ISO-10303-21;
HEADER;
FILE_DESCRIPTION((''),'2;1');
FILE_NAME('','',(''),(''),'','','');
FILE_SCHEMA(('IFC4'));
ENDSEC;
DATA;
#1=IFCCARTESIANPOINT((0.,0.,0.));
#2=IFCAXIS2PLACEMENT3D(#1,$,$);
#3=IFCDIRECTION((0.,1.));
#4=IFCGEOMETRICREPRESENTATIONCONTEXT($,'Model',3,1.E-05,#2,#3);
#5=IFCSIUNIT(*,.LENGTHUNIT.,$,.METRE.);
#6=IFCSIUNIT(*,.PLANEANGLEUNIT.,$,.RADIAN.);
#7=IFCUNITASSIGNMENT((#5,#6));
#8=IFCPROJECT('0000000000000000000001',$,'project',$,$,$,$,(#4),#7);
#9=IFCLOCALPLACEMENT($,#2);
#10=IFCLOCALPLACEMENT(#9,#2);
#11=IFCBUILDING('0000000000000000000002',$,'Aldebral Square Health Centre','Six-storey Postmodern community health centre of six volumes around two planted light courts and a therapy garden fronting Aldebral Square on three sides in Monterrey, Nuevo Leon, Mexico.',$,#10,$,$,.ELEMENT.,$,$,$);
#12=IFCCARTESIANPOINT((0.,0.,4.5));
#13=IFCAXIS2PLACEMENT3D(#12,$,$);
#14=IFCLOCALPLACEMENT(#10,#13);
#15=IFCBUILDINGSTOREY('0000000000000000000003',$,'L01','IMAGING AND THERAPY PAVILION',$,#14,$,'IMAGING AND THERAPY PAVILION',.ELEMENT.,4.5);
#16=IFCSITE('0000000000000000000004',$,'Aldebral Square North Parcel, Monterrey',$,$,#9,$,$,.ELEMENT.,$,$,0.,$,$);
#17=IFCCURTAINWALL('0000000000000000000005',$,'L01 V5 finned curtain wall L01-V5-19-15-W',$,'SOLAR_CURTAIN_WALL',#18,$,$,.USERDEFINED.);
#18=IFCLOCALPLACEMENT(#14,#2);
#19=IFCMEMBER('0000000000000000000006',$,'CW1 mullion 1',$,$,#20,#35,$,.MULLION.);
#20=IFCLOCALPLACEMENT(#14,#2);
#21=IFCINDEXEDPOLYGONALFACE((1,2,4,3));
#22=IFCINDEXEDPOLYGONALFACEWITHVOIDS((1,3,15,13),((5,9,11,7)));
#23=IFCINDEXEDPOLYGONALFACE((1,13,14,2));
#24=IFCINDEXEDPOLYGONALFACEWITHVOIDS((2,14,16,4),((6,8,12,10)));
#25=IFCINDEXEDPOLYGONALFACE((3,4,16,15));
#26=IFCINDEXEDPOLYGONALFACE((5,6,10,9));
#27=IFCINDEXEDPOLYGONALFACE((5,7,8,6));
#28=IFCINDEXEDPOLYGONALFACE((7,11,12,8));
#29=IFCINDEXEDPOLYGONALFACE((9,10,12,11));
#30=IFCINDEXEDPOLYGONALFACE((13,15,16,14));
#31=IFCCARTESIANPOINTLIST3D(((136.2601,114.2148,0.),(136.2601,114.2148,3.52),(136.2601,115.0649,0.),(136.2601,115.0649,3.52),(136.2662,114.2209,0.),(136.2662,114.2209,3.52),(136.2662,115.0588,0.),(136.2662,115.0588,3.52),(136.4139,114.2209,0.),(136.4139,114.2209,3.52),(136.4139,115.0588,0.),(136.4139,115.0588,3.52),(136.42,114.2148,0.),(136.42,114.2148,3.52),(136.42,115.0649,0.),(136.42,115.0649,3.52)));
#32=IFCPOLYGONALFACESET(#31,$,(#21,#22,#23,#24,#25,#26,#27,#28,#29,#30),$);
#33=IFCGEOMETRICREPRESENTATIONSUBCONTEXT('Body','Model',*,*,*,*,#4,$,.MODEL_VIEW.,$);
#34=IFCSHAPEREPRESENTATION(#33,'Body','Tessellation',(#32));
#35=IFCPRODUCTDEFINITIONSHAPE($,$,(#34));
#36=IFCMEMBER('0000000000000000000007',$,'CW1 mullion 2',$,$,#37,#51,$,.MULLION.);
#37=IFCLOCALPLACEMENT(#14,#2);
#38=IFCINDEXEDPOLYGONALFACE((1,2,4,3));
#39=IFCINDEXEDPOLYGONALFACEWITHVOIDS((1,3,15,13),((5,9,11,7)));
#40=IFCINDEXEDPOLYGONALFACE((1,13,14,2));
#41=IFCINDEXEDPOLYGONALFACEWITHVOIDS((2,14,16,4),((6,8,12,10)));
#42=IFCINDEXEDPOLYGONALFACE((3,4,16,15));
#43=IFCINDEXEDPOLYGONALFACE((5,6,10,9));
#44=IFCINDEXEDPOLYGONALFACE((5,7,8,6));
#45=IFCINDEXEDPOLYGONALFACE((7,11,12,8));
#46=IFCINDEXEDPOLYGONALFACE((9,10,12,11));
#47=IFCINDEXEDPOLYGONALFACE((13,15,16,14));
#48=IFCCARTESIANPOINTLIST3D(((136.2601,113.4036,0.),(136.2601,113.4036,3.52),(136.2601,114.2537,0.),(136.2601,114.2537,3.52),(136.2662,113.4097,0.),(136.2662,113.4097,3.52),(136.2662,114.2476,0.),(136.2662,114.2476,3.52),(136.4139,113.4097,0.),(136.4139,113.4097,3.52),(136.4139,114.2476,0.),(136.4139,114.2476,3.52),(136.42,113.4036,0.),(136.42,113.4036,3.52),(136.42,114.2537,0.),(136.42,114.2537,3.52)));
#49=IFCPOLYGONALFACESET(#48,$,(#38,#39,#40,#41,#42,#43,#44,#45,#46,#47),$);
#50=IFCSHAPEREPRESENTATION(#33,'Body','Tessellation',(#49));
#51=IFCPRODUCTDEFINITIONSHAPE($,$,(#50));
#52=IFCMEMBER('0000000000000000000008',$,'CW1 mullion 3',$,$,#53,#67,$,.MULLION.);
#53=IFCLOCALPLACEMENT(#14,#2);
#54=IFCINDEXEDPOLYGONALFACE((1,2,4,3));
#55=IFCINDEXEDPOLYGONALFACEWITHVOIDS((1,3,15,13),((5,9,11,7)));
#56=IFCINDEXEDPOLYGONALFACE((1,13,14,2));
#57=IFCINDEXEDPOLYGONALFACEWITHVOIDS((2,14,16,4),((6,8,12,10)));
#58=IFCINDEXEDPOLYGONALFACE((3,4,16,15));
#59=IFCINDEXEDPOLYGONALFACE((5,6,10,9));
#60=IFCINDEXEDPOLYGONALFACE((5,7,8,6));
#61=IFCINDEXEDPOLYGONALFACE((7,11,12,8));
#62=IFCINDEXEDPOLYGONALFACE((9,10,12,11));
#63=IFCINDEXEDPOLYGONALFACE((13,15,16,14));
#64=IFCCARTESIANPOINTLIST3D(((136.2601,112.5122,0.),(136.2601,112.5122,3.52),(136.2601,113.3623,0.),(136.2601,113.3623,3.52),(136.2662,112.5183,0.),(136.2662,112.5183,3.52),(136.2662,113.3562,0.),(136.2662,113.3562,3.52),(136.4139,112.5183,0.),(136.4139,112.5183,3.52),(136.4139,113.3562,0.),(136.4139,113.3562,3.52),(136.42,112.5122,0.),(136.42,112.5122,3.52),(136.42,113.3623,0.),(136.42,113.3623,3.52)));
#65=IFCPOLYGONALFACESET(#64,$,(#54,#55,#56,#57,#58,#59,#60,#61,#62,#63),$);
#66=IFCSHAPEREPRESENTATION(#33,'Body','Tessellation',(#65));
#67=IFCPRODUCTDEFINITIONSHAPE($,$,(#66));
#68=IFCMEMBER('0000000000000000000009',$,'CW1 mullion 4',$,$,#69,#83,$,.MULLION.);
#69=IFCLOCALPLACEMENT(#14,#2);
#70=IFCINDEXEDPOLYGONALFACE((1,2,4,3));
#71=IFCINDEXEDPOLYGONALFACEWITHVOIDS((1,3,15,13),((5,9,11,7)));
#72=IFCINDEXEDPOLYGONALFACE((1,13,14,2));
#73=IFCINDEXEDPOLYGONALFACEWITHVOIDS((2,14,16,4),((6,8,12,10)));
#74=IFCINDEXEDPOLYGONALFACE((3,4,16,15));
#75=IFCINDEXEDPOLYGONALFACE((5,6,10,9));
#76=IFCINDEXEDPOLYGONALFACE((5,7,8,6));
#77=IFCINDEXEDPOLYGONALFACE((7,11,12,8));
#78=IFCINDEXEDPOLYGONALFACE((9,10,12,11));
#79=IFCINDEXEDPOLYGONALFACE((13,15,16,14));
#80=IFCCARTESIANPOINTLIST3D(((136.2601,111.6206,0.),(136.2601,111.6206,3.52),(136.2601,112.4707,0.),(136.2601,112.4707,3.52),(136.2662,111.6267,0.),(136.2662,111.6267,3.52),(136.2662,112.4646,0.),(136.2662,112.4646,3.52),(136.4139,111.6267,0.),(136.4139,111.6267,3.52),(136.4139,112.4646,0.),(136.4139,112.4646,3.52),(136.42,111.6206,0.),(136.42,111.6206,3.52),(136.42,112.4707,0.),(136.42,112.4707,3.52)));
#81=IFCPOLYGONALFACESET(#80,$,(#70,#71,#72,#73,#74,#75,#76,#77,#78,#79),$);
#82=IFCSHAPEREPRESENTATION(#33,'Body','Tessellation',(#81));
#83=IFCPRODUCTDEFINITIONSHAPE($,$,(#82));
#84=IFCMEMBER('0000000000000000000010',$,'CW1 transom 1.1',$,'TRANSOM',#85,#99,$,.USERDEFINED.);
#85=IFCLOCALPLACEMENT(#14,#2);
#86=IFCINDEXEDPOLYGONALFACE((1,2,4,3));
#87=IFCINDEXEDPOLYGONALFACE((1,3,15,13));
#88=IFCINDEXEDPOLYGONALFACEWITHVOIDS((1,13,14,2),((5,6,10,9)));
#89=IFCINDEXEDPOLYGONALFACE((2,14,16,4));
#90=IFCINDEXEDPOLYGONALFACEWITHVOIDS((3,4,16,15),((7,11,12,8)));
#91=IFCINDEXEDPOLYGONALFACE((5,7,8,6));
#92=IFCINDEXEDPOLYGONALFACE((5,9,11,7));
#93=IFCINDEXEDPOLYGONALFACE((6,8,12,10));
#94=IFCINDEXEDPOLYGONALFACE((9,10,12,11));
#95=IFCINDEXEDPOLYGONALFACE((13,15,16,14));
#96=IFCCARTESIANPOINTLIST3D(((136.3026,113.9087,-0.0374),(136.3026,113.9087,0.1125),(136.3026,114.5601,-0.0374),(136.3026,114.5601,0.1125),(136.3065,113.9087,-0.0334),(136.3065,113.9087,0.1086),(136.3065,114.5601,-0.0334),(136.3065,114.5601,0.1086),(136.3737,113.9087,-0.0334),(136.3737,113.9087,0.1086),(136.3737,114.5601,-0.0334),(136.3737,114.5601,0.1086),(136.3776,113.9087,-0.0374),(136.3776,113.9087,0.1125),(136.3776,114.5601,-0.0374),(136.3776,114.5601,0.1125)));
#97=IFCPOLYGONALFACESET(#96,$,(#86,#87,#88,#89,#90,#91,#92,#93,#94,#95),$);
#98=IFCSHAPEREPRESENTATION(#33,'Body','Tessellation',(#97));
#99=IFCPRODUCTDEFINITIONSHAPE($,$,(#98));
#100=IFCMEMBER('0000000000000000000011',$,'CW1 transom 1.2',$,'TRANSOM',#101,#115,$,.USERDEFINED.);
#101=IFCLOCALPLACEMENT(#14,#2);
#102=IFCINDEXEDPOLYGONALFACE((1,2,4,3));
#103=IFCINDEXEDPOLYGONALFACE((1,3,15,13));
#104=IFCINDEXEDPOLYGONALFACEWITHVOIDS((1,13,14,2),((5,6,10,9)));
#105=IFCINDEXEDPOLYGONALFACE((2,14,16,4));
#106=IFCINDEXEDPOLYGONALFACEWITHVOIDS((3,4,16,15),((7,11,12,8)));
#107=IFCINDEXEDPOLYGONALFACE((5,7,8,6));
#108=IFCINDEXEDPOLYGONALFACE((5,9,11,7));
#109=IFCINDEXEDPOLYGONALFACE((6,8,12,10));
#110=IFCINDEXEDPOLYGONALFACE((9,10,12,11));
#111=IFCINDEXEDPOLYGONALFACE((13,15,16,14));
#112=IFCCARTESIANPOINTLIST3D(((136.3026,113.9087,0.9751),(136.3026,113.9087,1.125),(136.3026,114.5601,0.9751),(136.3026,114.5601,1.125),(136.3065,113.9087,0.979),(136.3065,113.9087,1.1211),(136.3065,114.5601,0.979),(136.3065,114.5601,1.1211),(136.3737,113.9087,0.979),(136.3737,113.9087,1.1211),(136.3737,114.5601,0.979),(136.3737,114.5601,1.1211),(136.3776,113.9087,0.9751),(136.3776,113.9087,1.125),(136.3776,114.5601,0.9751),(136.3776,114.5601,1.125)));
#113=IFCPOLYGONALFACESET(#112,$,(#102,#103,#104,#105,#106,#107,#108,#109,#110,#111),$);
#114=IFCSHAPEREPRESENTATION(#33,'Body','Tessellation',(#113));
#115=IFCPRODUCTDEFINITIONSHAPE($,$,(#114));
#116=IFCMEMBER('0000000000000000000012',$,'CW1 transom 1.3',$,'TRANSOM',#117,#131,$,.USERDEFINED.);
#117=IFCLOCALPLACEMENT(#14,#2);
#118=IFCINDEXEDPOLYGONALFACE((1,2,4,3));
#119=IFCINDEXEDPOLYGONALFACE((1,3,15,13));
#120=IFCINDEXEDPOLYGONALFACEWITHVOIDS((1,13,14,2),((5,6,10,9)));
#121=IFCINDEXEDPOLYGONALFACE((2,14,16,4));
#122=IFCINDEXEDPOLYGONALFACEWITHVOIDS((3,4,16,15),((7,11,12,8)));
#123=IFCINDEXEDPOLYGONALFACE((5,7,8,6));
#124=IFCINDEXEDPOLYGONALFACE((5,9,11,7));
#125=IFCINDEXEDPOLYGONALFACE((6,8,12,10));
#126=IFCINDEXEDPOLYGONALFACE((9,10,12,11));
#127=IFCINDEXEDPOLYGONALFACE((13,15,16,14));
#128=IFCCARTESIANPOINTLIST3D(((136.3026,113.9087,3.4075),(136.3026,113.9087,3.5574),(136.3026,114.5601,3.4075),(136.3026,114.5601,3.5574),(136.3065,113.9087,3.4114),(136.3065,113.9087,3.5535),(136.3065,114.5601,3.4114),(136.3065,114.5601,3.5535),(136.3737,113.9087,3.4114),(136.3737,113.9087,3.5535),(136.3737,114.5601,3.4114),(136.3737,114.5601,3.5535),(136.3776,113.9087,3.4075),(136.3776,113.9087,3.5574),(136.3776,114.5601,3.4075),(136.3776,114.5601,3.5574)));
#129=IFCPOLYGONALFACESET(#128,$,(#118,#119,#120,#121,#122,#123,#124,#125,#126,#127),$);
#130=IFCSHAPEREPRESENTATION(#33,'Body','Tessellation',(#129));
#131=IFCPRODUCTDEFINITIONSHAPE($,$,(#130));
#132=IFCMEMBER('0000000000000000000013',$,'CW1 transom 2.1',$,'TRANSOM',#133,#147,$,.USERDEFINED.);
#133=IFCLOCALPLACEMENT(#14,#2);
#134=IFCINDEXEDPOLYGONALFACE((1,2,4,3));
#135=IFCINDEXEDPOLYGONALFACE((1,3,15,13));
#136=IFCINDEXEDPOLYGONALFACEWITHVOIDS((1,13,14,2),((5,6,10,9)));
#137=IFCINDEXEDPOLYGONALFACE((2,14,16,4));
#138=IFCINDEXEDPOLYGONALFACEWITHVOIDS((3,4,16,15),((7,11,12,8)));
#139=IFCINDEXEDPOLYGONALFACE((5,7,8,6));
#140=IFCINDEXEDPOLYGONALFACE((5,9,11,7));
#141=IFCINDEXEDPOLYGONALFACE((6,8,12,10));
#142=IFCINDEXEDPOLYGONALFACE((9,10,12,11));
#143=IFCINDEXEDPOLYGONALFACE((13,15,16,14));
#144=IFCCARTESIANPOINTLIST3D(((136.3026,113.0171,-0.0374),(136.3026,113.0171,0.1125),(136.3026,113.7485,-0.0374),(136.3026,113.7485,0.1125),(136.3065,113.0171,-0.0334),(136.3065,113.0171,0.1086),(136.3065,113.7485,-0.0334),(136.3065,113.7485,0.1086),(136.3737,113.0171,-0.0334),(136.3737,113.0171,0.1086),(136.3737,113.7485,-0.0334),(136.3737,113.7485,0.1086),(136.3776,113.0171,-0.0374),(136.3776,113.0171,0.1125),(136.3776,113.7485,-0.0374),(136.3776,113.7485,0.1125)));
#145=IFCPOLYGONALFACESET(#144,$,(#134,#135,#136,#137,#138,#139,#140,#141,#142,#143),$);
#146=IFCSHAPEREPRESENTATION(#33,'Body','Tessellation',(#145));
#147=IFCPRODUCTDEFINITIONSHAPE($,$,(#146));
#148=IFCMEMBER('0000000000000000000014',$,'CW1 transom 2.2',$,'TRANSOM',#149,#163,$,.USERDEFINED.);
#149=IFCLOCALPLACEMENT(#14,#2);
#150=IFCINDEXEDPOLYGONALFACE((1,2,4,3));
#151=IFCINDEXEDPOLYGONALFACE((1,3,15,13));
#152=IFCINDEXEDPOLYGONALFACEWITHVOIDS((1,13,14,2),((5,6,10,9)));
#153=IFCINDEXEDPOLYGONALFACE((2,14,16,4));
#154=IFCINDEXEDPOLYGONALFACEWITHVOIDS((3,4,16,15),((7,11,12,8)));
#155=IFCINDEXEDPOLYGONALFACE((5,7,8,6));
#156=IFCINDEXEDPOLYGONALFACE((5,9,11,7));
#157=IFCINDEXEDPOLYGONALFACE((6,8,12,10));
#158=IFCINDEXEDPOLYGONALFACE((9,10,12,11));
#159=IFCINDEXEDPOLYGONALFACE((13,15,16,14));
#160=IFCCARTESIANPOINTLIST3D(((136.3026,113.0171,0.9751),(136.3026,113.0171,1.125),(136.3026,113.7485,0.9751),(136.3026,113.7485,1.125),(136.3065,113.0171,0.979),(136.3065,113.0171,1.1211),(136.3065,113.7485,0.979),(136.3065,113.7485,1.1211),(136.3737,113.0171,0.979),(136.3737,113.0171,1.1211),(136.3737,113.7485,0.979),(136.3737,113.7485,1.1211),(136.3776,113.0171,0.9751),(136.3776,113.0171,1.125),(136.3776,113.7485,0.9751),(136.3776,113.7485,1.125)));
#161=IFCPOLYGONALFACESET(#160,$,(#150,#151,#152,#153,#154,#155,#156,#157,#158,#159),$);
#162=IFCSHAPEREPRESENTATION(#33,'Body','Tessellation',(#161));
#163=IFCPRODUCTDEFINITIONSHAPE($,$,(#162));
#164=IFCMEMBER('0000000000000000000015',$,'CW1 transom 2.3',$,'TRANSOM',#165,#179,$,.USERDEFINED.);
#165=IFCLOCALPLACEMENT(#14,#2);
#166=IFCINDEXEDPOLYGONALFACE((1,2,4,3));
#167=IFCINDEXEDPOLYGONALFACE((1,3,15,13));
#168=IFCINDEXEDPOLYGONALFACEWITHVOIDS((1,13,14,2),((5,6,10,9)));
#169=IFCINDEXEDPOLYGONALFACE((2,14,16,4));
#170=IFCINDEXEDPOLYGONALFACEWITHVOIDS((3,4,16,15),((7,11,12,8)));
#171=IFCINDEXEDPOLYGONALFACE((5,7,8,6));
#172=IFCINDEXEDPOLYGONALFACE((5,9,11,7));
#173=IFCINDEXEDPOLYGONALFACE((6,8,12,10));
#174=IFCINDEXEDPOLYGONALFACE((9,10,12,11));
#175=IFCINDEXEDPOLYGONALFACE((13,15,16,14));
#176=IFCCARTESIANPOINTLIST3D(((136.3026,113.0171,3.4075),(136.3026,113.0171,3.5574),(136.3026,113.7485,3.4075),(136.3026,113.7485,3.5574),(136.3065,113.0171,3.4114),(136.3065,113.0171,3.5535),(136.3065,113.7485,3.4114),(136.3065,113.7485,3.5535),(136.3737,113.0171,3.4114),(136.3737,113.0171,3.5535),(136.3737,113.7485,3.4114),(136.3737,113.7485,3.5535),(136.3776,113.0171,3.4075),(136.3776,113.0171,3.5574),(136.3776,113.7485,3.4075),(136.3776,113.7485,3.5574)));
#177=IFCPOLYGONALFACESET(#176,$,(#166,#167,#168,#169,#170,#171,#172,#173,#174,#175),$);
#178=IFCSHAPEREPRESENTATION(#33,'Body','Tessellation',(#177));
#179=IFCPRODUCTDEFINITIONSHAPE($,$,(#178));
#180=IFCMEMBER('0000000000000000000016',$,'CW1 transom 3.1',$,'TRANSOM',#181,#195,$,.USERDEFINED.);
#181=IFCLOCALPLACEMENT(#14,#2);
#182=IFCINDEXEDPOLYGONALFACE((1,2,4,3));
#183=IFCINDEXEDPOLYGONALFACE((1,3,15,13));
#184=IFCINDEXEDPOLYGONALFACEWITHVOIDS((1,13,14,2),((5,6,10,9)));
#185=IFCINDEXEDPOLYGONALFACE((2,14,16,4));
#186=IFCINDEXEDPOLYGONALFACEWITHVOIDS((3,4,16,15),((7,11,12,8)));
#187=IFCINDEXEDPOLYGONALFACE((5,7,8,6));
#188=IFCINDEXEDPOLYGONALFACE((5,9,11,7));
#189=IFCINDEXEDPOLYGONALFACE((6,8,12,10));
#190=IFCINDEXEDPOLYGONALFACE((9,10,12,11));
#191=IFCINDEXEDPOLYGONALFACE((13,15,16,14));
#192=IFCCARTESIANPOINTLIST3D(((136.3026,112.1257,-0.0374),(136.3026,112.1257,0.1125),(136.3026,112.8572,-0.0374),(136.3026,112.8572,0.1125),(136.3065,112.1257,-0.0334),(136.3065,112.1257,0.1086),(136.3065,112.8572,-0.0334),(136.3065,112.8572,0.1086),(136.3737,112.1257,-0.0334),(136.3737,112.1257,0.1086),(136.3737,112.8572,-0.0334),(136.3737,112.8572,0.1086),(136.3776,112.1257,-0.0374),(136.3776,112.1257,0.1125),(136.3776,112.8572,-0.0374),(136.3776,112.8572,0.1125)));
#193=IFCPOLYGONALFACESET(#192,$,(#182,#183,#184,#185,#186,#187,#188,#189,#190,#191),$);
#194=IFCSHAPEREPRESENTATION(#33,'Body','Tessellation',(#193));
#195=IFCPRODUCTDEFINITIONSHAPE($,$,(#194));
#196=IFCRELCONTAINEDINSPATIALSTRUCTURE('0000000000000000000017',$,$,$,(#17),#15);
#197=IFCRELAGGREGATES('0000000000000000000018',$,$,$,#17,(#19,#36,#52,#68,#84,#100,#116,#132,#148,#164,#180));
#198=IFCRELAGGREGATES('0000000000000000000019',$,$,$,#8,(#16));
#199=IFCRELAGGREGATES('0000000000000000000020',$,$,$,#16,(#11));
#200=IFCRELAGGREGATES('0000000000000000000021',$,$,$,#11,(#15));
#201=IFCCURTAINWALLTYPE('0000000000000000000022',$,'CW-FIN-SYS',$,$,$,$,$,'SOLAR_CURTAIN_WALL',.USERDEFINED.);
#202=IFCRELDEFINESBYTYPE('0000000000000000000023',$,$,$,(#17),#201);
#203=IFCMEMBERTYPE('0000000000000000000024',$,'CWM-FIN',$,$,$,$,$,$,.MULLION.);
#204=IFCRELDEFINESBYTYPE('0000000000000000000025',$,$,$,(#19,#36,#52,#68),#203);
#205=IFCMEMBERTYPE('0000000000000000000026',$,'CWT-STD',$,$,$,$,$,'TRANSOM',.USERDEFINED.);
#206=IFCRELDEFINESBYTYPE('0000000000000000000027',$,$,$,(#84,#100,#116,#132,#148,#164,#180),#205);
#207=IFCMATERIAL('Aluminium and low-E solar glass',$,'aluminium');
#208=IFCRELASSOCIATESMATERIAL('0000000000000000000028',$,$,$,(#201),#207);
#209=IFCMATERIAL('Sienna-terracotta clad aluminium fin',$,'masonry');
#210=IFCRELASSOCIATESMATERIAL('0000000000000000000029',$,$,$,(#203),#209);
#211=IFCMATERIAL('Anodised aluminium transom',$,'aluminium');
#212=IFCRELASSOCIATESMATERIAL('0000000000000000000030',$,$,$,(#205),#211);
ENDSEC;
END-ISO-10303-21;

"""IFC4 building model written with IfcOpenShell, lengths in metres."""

from ifc_helpers import new_model, si_unit, direction, frame, origin, origin_2d, place, context, subcontext, project, spatial, hollow_rectangle, extrude, material, material_profile, profile_set, type_object, element, aggregate, save


model = new_model("IFC4")

# Units and contexts
model_context = context("Model", 3, precision=1e-05, world=origin(), true_north=direction((0.0, 1.0)))
body_context = subcontext(model_context, "Body", "Model", "MODEL_VIEW")
ifc_project = project(units=[si_unit("LENGTHUNIT", "METRE"), si_unit("PLANEANGLEUNIT", "RADIAN")], contexts=[model_context])

# Site, building, storey
site_placement = place(None, origin())
site = spatial("IfcSite", under=ifc_project, at=site_placement, Name="Aldebral Square North Parcel, Monterrey", CompositionType="ELEMENT", RefElevation=0.0)
building_placement = place(site_placement, origin())
building = spatial("IfcBuilding", under=site, at=building_placement, Name="Aldebral Square Health Centre", Description="Six-storey Postmodern community health centre of six volumes around two planted light courts and a therapy garden fronting Aldebral Square on three sides in Monterrey, Nuevo Leon, Mexico.", CompositionType="ELEMENT")
storey_placement = place(building_placement, frame((0.0, 0.0, 4.5)))
storey = spatial("IfcBuildingStorey", under=building, at=storey_placement, Name="L01", Description="IMAGING AND THERAPY PAVILION", LongName="IMAGING AND THERAPY PAVILION", CompositionType="ELEMENT", Elevation=4.5)

# Curtain wall, members
ifc_material_1 = material(Name="Aluminium and low-E solar glass", Category="aluminium")
curtain_wall_type = type_object("IfcCurtainWallType", Name="CW-FIN-SYS", ElementType="SOLAR_CURTAIN_WALL", PredefinedType="USERDEFINED", material=ifc_material_1)
curtain_wall_placement = place(storey_placement, origin())
curtain_wall = element("IfcCurtainWall", 1, at=curtain_wall_placement, inside=storey, type_object=curtain_wall_type, Name="L01 V5 finned curtain wall L01-V5-19-15-W", ObjectType="SOLAR_CURTAIN_WALL", PredefinedType="USERDEFINED")
ifc_material_2 = material(Name="Sienna-terracotta clad aluminium fin", Category="masonry")
ifc_material_profile_1 = material_profile(ifc_material_2, hollow_rectangle(XDim=0.1599, YDim=0.8501, WallThickness=0.0061, at=origin_2d()), Name="FIN 160x850x6")
ifc_profile_set_1 = profile_set([ifc_material_profile_1], Name="Sienna-terracotta clad aluminium fin")
member_type_1 = type_object("IfcMemberType", Name="CWM-FIN", PredefinedType="MULLION", material=ifc_profile_set_1)
member_1_placement = place(storey_placement, frame((136.3401, 114.6399, 0.0), z_axis=(0.0, 0.0, 1.0), x_axis=(1.0, 0.0, 0.0)))
member_1 = element("IfcMember", 2, at=member_1_placement, type_object=member_type_1, Name="CW1 mullion 1", PredefinedType="MULLION", context=body_context, shape_type="SweptSolid", body=[
    extrude(hollow_rectangle(XDim=0.1599, YDim=0.8501, WallThickness=0.0061, at=origin_2d()), origin(), (0.0, 0.0, 1.0), 3.52),
])
member_2_placement = place(storey_placement, frame((136.3401, 113.8286, 0.0), z_axis=(0.0, 0.0, 1.0), x_axis=(1.0, 0.0, 0.0)))
member_2 = element("IfcMember", 3, at=member_2_placement, type_object=member_type_1, Name="CW1 mullion 2", PredefinedType="MULLION", context=body_context, shape_type="SweptSolid", body=[
    extrude(hollow_rectangle(XDim=0.1599, YDim=0.8501, WallThickness=0.0061, at=origin_2d()), origin(), (0.0, 0.0, 1.0), 3.52),
])
member_3_placement = place(storey_placement, frame((136.3401, 112.9373, 0.0), z_axis=(0.0, 0.0, 1.0), x_axis=(1.0, 0.0, 0.0)))
member_3 = element("IfcMember", 4, at=member_3_placement, type_object=member_type_1, Name="CW1 mullion 3", PredefinedType="MULLION", context=body_context, shape_type="SweptSolid", body=[
    extrude(hollow_rectangle(XDim=0.1599, YDim=0.8501, WallThickness=0.0061, at=origin_2d()), origin(), (0.0, 0.0, 1.0), 3.52),
])
member_4_placement = place(storey_placement, frame((136.3401, 112.0457, 0.0), z_axis=(0.0, 0.0, 1.0), x_axis=(1.0, 0.0, 0.0)))
member_4 = element("IfcMember", 5, at=member_4_placement, type_object=member_type_1, Name="CW1 mullion 4", PredefinedType="MULLION", context=body_context, shape_type="SweptSolid", body=[
    extrude(hollow_rectangle(XDim=0.1599, YDim=0.8501, WallThickness=0.0061, at=origin_2d()), origin(), (0.0, 0.0, 1.0), 3.52),
])
ifc_material_3 = material(Name="Anodised aluminium transom", Category="aluminium")
ifc_material_profile_2 = material_profile(ifc_material_3, hollow_rectangle(XDim=0.075, YDim=0.1499, WallThickness=0.0039, at=origin_2d()), Name="CWT 75x150x4")
ifc_profile_set_2 = profile_set([ifc_material_profile_2], Name="Anodised aluminium transom")
member_type_2 = type_object("IfcMemberType", Name="CWT-STD", ElementType="TRANSOM", PredefinedType="USERDEFINED", material=ifc_profile_set_2)
member_5_placement = place(storey_placement, frame((136.3401, 114.5601, 0.0376), z_axis=(0.0, -1.0, 0.0), x_axis=(1.0, 0.0, 0.0)))
member_5 = element("IfcMember", 6, at=member_5_placement, type_object=member_type_2, Name="CW1 transom 1.1", ObjectType="TRANSOM", PredefinedType="USERDEFINED", context=body_context, shape_type="SweptSolid", body=[
    extrude(hollow_rectangle(XDim=0.075, YDim=0.1499, WallThickness=0.0039, at=origin_2d()), origin(), (0.0, 0.0, 1.0), 0.6514),
])
member_6_placement = place(storey_placement, frame((136.3401, 114.5601, 1.05), z_axis=(0.0, -1.0, 0.0), x_axis=(1.0, 0.0, 0.0)))
member_6 = element("IfcMember", 7, at=member_6_placement, type_object=member_type_2, Name="CW1 transom 1.2", ObjectType="TRANSOM", PredefinedType="USERDEFINED", context=body_context, shape_type="SweptSolid", body=[
    extrude(hollow_rectangle(XDim=0.075, YDim=0.1499, WallThickness=0.0039, at=origin_2d()), origin(), (0.0, 0.0, 1.0), 0.6514),
])
member_7_placement = place(storey_placement, frame((136.3401, 114.5601, 3.4824), z_axis=(0.0, -1.0, 0.0), x_axis=(1.0, 0.0, 0.0)))
member_7 = element("IfcMember", 8, at=member_7_placement, type_object=member_type_2, Name="CW1 transom 1.3", ObjectType="TRANSOM", PredefinedType="USERDEFINED", context=body_context, shape_type="SweptSolid", body=[
    extrude(hollow_rectangle(XDim=0.075, YDim=0.1499, WallThickness=0.0039, at=origin_2d()), origin(), (0.0, 0.0, 1.0), 0.6514),
])
member_8_placement = place(storey_placement, frame((136.3401, 113.7485, 0.0376), z_axis=(0.0, -1.0, 0.0), x_axis=(1.0, 0.0, 0.0)))
member_8 = element("IfcMember", 9, at=member_8_placement, type_object=member_type_2, Name="CW1 transom 2.1", ObjectType="TRANSOM", PredefinedType="USERDEFINED", context=body_context, shape_type="SweptSolid", body=[
    extrude(hollow_rectangle(XDim=0.075, YDim=0.1499, WallThickness=0.0039, at=origin_2d()), origin(), (0.0, 0.0, 1.0), 0.7314),
])
member_9_placement = place(storey_placement, frame((136.3401, 113.7485, 1.05), z_axis=(0.0, -1.0, 0.0), x_axis=(1.0, 0.0, 0.0)))
member_9 = element("IfcMember", 10, at=member_9_placement, type_object=member_type_2, Name="CW1 transom 2.2", ObjectType="TRANSOM", PredefinedType="USERDEFINED", context=body_context, shape_type="SweptSolid", body=[
    extrude(hollow_rectangle(XDim=0.075, YDim=0.1499, WallThickness=0.0039, at=origin_2d()), origin(), (0.0, 0.0, 1.0), 0.7314),
])
member_10_placement = place(storey_placement, frame((136.3401, 113.7485, 3.4824), z_axis=(0.0, -1.0, 0.0), x_axis=(1.0, 0.0, 0.0)))
member_10 = element("IfcMember", 11, at=member_10_placement, type_object=member_type_2, Name="CW1 transom 2.3", ObjectType="TRANSOM", PredefinedType="USERDEFINED", context=body_context, shape_type="SweptSolid", body=[
    extrude(hollow_rectangle(XDim=0.075, YDim=0.1499, WallThickness=0.0039, at=origin_2d()), origin(), (0.0, 0.0, 1.0), 0.7314),
])
member_11_placement = place(storey_placement, frame((136.3401, 112.8572, 0.0376), z_axis=(0.0, -1.0, 0.0), x_axis=(1.0, 0.0, 0.0)))
member_11 = element("IfcMember", 12, at=member_11_placement, type_object=member_type_2, Name="CW1 transom 3.1", ObjectType="TRANSOM", PredefinedType="USERDEFINED", context=body_context, shape_type="SweptSolid", body=[
    extrude(hollow_rectangle(XDim=0.075, YDim=0.1499, WallThickness=0.0039, at=origin_2d()), origin(), (0.0, 0.0, 1.0), 0.7314),
])
aggregate(curtain_wall, [member_1, member_2, member_3, member_4, member_5, member_6, member_7, member_8, member_9, member_10, member_11])

save(model, "model.ifc")
